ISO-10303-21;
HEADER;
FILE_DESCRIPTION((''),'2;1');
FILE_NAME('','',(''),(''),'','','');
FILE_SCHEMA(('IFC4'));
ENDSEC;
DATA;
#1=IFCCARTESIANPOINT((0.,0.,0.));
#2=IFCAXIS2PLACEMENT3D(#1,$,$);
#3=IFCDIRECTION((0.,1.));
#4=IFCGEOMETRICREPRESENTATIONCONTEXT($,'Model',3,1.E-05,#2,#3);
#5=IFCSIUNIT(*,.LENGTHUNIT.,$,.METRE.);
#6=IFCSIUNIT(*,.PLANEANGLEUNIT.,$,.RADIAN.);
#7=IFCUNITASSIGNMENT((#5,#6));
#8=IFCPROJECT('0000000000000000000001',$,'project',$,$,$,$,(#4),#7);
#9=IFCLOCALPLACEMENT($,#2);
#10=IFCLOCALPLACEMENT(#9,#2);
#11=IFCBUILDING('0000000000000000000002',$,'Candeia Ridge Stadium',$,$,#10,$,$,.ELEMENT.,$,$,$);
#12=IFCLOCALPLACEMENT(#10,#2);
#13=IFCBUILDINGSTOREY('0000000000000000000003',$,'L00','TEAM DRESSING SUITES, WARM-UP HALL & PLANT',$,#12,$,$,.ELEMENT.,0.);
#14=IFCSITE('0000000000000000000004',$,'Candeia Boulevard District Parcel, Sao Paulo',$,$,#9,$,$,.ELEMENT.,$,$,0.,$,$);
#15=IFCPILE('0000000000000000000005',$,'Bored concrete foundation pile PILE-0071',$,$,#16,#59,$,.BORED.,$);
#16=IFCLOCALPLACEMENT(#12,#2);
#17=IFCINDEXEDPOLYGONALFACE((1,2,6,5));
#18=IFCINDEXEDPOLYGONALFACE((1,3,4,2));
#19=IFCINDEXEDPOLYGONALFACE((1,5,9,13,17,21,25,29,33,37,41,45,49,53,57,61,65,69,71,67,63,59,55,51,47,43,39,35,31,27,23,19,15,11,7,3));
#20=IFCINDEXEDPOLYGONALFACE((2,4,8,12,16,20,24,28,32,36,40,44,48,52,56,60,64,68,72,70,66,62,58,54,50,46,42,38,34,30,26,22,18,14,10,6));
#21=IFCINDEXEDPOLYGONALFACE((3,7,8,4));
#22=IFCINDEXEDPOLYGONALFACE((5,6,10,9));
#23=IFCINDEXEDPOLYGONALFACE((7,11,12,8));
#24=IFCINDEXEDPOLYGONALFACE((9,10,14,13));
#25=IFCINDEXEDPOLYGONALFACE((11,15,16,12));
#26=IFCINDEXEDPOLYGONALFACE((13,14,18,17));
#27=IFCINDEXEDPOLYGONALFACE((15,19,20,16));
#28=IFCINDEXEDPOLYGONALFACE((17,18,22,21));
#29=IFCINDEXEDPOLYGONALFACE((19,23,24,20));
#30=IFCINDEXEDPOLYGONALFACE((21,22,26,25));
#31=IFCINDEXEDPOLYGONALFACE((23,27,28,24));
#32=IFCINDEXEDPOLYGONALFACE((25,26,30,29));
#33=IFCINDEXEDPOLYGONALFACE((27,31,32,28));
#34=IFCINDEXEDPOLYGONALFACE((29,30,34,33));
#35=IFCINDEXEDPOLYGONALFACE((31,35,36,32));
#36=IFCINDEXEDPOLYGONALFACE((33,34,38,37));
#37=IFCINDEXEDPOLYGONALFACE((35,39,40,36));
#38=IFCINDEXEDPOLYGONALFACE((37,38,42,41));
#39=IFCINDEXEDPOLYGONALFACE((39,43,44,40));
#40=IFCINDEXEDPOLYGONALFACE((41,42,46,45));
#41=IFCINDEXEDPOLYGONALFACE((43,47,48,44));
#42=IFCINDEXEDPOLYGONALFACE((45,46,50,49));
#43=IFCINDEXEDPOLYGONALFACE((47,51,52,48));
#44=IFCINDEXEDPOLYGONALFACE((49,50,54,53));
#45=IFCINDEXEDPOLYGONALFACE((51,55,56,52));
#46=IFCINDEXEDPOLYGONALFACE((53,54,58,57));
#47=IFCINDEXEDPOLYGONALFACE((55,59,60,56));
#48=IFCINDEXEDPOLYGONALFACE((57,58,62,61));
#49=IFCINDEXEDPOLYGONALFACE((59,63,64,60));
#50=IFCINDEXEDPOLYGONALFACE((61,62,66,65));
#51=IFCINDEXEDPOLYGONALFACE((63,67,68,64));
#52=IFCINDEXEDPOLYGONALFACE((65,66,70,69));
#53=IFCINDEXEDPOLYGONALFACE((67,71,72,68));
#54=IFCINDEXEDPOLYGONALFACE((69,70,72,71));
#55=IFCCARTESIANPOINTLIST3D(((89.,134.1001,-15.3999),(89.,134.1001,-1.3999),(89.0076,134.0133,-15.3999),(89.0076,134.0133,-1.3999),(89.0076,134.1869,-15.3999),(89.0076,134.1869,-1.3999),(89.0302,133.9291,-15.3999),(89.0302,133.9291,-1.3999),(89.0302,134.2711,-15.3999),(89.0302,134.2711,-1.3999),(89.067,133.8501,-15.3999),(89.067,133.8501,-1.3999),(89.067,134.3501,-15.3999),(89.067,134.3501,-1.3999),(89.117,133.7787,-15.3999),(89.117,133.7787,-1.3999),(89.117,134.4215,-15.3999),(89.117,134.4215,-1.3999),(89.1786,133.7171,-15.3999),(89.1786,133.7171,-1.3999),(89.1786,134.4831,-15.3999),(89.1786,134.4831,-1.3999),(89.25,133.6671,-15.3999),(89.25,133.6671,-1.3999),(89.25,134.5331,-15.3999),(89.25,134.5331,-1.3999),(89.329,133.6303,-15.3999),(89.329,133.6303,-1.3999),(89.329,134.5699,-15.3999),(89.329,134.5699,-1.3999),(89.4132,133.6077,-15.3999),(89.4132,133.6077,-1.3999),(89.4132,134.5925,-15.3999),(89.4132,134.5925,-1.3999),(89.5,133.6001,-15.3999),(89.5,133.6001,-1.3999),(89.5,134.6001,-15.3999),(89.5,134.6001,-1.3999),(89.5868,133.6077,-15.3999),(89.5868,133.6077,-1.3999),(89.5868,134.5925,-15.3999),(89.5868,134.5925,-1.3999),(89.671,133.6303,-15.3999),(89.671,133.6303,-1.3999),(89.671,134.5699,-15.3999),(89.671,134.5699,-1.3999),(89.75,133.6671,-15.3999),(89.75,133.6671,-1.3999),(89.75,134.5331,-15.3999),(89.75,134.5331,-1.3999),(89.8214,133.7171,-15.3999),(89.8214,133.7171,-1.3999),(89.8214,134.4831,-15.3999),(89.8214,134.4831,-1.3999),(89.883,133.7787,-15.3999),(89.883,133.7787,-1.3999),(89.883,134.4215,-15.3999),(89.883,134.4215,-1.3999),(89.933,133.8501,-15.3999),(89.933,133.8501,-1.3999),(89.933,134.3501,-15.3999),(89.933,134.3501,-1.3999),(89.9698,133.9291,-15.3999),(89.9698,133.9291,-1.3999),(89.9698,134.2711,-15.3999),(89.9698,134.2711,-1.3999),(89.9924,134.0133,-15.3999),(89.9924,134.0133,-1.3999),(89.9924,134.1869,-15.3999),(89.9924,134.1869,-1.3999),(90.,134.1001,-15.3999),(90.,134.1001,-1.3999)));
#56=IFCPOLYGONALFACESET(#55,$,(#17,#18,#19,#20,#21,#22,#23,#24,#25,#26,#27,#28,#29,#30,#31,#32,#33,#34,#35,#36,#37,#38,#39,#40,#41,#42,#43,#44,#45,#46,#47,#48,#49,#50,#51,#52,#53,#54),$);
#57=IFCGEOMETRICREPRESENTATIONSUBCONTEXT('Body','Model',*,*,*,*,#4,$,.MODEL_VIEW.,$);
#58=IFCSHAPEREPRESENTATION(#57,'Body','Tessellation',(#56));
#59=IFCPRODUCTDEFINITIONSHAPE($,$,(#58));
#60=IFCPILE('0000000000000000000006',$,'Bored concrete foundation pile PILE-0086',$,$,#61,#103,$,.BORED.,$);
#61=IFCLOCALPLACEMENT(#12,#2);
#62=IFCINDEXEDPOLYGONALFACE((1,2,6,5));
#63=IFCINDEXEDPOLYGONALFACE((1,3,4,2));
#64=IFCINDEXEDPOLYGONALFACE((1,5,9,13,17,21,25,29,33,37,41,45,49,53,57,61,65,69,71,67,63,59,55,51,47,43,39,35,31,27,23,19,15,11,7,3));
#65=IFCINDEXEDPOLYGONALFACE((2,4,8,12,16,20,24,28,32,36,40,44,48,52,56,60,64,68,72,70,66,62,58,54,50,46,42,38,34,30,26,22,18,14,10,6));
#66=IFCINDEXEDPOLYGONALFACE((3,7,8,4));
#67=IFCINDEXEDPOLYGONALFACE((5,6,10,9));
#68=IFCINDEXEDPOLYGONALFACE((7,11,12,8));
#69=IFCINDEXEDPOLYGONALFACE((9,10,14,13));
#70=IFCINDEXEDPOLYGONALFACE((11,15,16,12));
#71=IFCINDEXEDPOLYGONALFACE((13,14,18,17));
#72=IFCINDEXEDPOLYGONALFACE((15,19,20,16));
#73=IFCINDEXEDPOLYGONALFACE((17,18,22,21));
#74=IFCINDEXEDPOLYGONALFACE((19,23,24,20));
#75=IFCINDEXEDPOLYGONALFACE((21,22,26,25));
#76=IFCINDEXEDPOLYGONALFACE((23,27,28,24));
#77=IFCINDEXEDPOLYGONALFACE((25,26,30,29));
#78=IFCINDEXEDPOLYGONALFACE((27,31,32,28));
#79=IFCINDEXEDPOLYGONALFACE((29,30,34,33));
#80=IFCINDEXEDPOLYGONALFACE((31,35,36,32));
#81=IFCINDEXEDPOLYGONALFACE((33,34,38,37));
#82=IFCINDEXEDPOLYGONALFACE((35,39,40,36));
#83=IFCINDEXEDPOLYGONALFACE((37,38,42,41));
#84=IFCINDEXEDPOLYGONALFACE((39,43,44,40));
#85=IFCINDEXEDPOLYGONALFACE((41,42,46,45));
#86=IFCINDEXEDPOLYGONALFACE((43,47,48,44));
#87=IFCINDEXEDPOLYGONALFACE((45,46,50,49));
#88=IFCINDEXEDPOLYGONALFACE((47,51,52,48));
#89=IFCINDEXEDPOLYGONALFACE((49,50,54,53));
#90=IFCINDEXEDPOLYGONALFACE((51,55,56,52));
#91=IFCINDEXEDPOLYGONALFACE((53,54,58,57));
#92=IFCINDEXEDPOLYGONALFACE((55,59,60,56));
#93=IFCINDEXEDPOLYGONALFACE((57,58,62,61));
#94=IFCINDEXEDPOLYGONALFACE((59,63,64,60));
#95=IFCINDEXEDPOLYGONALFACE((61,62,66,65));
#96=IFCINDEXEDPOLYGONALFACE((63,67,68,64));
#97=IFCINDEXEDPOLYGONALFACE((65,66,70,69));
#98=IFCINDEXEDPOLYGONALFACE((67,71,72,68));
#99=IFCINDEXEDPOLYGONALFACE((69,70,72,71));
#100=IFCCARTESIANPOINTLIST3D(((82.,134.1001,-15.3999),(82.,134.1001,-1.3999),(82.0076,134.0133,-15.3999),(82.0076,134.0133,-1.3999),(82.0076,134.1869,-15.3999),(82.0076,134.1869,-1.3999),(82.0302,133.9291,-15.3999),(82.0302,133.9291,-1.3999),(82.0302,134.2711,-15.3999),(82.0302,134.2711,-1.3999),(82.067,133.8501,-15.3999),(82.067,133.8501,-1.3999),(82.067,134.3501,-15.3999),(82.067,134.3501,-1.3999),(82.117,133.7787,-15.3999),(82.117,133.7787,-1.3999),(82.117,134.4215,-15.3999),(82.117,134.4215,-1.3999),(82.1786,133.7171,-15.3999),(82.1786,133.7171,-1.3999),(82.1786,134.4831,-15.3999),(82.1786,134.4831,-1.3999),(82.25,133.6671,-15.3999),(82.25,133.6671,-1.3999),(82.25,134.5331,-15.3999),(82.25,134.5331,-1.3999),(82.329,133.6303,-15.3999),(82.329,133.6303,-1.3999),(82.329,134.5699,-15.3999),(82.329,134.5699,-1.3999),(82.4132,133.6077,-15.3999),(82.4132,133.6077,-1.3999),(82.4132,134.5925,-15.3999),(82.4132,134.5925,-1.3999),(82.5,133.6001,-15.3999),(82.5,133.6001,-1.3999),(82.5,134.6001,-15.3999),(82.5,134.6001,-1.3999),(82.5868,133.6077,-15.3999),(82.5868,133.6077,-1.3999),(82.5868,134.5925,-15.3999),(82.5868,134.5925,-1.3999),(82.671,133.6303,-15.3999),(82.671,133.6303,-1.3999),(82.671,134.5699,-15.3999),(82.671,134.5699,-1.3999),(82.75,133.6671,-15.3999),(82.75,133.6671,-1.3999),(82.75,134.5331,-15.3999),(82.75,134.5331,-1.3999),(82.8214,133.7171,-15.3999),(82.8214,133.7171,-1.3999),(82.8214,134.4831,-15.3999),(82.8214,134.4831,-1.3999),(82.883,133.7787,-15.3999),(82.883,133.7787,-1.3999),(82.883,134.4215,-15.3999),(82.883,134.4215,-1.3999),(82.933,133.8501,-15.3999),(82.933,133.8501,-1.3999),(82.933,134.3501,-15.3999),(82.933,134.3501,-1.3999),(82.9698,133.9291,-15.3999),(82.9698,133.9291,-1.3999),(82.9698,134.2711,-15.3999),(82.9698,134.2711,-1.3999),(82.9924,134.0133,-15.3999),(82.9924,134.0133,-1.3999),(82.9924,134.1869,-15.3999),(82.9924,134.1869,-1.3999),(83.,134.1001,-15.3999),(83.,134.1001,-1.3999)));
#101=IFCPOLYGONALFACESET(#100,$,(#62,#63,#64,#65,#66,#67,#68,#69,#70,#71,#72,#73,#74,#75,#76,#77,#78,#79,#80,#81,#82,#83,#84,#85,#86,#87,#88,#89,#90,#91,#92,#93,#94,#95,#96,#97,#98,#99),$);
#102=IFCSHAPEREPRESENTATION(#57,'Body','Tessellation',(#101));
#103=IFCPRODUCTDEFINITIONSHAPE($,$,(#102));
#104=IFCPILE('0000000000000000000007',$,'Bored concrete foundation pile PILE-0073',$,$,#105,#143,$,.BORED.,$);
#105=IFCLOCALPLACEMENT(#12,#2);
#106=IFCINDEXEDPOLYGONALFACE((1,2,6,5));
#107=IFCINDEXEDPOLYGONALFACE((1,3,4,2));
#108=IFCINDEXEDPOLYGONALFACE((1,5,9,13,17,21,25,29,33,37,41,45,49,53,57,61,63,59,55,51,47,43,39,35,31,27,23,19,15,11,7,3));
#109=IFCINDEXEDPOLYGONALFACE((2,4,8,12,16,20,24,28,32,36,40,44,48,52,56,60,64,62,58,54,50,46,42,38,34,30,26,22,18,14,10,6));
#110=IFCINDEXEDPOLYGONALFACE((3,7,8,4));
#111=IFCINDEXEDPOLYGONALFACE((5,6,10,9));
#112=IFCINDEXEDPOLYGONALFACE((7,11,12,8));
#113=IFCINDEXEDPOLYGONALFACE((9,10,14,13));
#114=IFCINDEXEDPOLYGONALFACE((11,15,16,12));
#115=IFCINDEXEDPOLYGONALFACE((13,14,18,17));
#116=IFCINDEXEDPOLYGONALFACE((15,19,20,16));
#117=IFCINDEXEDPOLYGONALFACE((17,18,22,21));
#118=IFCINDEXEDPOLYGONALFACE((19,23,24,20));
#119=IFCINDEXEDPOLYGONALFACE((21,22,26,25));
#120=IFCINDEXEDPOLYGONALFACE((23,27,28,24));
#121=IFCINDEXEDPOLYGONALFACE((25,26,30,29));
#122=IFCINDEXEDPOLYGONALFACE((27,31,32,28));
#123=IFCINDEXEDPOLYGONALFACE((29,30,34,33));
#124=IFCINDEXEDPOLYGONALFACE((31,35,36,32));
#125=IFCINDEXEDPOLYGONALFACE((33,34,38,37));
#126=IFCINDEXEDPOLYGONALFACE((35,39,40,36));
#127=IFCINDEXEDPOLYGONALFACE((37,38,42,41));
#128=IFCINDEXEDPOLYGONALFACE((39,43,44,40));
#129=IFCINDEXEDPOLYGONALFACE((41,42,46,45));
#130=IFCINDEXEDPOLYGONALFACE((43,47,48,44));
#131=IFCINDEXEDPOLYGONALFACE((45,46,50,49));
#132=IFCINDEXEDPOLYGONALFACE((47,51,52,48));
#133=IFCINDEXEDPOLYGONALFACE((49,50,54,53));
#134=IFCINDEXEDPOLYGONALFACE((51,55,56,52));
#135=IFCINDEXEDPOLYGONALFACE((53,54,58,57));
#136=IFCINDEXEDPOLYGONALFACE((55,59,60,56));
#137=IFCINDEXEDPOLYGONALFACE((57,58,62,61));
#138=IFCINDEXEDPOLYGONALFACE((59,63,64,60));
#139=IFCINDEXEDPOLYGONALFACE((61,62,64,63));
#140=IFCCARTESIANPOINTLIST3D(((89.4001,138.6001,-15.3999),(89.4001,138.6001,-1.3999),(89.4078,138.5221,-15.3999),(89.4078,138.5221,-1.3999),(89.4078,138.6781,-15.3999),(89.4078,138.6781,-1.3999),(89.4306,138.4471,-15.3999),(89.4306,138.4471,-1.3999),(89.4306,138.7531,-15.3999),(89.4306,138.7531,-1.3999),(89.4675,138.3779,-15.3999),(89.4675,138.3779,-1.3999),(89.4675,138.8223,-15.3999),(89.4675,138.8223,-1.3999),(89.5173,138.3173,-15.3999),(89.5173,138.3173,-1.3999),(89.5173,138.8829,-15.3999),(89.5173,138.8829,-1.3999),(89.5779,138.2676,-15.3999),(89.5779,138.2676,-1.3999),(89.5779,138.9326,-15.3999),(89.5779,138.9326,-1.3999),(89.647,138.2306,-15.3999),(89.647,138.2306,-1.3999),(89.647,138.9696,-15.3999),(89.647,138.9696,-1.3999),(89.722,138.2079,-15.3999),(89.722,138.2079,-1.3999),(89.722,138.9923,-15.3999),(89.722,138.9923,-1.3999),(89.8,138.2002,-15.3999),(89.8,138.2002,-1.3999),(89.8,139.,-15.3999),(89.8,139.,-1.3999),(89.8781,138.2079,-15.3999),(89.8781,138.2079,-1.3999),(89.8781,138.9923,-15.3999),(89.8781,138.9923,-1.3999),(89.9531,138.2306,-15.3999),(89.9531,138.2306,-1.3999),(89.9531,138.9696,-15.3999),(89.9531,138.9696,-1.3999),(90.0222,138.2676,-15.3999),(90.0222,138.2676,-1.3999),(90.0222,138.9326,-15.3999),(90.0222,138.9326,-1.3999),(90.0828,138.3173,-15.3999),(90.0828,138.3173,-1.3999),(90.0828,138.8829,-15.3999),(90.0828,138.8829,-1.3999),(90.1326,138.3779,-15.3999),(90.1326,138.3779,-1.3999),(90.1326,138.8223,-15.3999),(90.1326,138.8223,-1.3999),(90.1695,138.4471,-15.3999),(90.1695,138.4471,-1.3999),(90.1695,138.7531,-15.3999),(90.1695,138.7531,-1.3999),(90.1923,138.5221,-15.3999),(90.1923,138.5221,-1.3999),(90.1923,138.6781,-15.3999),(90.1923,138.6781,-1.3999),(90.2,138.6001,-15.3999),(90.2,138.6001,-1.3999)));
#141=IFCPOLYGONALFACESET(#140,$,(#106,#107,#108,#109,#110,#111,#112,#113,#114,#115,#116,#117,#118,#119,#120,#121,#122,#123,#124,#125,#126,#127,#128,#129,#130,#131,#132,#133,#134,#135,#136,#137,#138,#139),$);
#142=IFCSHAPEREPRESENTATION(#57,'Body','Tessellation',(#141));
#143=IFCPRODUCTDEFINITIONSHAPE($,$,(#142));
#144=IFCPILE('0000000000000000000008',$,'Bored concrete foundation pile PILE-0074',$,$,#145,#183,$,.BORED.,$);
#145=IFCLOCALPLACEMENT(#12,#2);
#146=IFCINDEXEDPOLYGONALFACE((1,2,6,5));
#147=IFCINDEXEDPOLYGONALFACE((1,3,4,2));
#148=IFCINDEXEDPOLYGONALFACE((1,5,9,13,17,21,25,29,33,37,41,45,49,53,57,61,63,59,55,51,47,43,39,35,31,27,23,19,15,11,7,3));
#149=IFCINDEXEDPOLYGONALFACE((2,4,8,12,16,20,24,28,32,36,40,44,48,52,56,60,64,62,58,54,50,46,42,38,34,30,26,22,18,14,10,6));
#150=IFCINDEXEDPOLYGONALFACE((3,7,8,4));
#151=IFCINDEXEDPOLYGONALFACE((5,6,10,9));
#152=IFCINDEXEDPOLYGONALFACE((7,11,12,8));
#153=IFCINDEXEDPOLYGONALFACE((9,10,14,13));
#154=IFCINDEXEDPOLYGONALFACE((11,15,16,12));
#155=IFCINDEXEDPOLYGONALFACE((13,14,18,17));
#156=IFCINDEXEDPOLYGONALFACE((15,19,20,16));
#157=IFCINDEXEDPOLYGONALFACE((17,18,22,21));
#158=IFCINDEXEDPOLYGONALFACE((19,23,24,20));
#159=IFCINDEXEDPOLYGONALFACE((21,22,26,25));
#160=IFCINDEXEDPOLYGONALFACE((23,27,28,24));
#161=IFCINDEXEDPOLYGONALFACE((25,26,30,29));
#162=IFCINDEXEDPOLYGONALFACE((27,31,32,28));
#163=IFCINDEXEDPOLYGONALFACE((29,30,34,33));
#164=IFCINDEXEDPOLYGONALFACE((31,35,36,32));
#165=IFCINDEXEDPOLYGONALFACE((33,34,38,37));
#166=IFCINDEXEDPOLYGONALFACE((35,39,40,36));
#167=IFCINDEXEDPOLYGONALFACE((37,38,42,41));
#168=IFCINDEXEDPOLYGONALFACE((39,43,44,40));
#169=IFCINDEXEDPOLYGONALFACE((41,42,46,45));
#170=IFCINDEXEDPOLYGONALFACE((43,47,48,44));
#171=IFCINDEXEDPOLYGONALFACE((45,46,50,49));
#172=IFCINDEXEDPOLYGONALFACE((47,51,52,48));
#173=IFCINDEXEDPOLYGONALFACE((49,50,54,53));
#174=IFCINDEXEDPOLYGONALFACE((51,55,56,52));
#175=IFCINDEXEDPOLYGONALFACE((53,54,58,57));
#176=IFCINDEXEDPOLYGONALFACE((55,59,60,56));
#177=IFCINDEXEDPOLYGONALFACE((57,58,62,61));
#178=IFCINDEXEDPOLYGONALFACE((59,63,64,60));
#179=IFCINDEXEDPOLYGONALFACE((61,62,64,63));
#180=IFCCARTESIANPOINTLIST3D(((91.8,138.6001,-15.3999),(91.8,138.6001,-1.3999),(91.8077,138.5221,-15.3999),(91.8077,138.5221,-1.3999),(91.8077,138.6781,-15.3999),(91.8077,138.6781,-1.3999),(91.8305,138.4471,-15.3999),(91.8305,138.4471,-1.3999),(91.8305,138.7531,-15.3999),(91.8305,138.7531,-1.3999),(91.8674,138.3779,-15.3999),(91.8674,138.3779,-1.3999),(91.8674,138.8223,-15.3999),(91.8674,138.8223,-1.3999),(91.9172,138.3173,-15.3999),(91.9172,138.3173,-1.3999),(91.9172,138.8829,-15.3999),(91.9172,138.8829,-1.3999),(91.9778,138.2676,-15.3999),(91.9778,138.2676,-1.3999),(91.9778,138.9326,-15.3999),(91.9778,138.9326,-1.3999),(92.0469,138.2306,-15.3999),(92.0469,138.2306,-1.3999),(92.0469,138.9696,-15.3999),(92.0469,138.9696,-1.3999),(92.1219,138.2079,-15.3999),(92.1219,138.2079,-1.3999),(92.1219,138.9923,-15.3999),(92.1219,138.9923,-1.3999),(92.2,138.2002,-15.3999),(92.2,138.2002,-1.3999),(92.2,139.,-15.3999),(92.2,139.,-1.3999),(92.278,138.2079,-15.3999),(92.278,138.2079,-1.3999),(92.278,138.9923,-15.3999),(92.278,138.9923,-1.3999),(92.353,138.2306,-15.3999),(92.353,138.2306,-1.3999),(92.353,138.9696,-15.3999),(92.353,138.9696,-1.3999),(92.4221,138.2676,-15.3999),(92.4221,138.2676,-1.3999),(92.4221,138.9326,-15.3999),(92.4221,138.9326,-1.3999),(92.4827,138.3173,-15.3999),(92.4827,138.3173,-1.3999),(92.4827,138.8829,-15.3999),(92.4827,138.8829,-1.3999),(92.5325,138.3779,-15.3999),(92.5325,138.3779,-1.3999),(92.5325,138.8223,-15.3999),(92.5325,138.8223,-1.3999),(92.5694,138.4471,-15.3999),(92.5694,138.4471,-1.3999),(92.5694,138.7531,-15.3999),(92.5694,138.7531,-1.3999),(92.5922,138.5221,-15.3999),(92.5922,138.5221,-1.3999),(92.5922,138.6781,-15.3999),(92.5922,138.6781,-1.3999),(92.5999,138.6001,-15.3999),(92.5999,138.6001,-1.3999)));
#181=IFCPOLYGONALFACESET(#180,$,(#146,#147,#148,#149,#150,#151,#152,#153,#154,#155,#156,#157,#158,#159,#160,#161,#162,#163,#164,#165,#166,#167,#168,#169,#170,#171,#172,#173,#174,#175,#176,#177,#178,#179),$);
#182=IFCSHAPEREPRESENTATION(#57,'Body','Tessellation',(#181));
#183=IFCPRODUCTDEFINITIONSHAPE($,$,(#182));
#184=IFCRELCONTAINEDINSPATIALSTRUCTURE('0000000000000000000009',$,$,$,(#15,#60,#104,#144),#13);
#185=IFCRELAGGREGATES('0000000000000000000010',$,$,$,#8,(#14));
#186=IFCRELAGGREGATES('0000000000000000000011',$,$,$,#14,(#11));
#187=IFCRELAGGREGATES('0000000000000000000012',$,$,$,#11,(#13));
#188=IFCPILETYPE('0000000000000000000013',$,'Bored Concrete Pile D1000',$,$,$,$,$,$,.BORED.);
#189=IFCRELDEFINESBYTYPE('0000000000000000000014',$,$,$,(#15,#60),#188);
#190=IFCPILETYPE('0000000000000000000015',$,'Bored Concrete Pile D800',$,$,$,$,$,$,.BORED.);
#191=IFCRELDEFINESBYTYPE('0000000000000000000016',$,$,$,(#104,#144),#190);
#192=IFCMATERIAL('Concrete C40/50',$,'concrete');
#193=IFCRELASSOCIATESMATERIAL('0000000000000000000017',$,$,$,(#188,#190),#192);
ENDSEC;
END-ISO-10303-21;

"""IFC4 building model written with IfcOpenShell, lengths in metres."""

from ifc_helpers import new_model, si_unit, direction, frame, origin, origin_2d, place, context, subcontext, project, spatial, circle, extrude, material, material_profile, profile_set, type_object, element, save


model = new_model("IFC4")

# Units and contexts
model_context = context("Model", 3, precision=1e-05, world=origin(), true_north=direction((0.0, 1.0)))
body_context = subcontext(model_context, "Body", "Model", "MODEL_VIEW")
ifc_project = project(units=[si_unit("LENGTHUNIT", "METRE"), si_unit("PLANEANGLEUNIT", "RADIAN")], contexts=[model_context])

# Site, building, storey
site_placement = place(None, origin())
site = spatial("IfcSite", under=ifc_project, at=site_placement, Name="Candeia Boulevard District Parcel, Sao Paulo", CompositionType="ELEMENT", RefElevation=0.0)
building_placement = place(site_placement, origin())
building = spatial("IfcBuilding", under=site, at=building_placement, Name="Candeia Ridge Stadium", CompositionType="ELEMENT")
storey_placement = place(building_placement, origin())
storey = spatial("IfcBuildingStorey", under=building, at=storey_placement, Name="L00", Description="TEAM DRESSING SUITES, WARM-UP HALL & PLANT", CompositionType="ELEMENT", Elevation=0.0)

# Piles
ifc_material_1 = material(Name="Concrete C40/50", Category="concrete")
ifc_material_profile_1 = material_profile(ifc_material_1, circle(Radius=0.5, at=origin_2d()), Name="PILE-D1000", Category="concrete")
ifc_profile_set_1 = profile_set([ifc_material_profile_1], Name="Concrete C40/50")
pile_type_1 = type_object("IfcPileType", Name="Bored Concrete Pile D1000", PredefinedType="BORED", material=ifc_profile_set_1)
for number, where, z_axis, x_axis, name in (
    (1, (89.5, 134.1001, -1.3999), (0.0, 0.0, -1.0), (1.0, 0.0, 0.0), "Bored concrete foundation pile PILE-0071"),
    (2, (82.5, 134.1001, -1.3999), (0.0, 0.0, -1.0), (1.0, 0.0, 0.0), "Bored concrete foundation pile PILE-0086"),
):
    element("IfcPile", number, at=place(storey_placement, frame(where, z_axis=z_axis, x_axis=x_axis)), inside=storey, type_object=pile_type_1, Name=name, PredefinedType="BORED", context=body_context, shape_type="SweptSolid", body=[
        extrude(circle(Radius=0.5, at=origin_2d()), origin(), (0.0, 0.0, 1.0), 14.0),
    ])
ifc_material_profile_2 = material_profile(ifc_material_1, circle(Radius=0.3999, at=origin_2d()), Name="PILE-D800", Category="concrete")
ifc_profile_set_2 = profile_set([ifc_material_profile_2], Name="Concrete C40/50")
pile_type_2 = type_object("IfcPileType", Name="Bored Concrete Pile D800", PredefinedType="BORED", material=ifc_profile_set_2)
for number, where, z_axis, x_axis, name in (
    (3, (89.8, 138.6001, -1.3999), (0.0, 0.0, -1.0), (1.0, 0.0, 0.0), "Bored concrete foundation pile PILE-0073"),
    (4, (92.2, 138.6001, -1.3999), (0.0, 0.0, -1.0), (1.0, 0.0, 0.0), "Bored concrete foundation pile PILE-0074"),
):
    element("IfcPile", number, at=place(storey_placement, frame(where, z_axis=z_axis, x_axis=x_axis)), inside=storey, type_object=pile_type_2, Name=name, PredefinedType="BORED", context=body_context, shape_type="SweptSolid", body=[
        extrude(circle(Radius=0.3999, at=origin_2d()), origin(), (0.0, 0.0, 1.0), 14.0),
    ])

save(model, "model.ifc")
